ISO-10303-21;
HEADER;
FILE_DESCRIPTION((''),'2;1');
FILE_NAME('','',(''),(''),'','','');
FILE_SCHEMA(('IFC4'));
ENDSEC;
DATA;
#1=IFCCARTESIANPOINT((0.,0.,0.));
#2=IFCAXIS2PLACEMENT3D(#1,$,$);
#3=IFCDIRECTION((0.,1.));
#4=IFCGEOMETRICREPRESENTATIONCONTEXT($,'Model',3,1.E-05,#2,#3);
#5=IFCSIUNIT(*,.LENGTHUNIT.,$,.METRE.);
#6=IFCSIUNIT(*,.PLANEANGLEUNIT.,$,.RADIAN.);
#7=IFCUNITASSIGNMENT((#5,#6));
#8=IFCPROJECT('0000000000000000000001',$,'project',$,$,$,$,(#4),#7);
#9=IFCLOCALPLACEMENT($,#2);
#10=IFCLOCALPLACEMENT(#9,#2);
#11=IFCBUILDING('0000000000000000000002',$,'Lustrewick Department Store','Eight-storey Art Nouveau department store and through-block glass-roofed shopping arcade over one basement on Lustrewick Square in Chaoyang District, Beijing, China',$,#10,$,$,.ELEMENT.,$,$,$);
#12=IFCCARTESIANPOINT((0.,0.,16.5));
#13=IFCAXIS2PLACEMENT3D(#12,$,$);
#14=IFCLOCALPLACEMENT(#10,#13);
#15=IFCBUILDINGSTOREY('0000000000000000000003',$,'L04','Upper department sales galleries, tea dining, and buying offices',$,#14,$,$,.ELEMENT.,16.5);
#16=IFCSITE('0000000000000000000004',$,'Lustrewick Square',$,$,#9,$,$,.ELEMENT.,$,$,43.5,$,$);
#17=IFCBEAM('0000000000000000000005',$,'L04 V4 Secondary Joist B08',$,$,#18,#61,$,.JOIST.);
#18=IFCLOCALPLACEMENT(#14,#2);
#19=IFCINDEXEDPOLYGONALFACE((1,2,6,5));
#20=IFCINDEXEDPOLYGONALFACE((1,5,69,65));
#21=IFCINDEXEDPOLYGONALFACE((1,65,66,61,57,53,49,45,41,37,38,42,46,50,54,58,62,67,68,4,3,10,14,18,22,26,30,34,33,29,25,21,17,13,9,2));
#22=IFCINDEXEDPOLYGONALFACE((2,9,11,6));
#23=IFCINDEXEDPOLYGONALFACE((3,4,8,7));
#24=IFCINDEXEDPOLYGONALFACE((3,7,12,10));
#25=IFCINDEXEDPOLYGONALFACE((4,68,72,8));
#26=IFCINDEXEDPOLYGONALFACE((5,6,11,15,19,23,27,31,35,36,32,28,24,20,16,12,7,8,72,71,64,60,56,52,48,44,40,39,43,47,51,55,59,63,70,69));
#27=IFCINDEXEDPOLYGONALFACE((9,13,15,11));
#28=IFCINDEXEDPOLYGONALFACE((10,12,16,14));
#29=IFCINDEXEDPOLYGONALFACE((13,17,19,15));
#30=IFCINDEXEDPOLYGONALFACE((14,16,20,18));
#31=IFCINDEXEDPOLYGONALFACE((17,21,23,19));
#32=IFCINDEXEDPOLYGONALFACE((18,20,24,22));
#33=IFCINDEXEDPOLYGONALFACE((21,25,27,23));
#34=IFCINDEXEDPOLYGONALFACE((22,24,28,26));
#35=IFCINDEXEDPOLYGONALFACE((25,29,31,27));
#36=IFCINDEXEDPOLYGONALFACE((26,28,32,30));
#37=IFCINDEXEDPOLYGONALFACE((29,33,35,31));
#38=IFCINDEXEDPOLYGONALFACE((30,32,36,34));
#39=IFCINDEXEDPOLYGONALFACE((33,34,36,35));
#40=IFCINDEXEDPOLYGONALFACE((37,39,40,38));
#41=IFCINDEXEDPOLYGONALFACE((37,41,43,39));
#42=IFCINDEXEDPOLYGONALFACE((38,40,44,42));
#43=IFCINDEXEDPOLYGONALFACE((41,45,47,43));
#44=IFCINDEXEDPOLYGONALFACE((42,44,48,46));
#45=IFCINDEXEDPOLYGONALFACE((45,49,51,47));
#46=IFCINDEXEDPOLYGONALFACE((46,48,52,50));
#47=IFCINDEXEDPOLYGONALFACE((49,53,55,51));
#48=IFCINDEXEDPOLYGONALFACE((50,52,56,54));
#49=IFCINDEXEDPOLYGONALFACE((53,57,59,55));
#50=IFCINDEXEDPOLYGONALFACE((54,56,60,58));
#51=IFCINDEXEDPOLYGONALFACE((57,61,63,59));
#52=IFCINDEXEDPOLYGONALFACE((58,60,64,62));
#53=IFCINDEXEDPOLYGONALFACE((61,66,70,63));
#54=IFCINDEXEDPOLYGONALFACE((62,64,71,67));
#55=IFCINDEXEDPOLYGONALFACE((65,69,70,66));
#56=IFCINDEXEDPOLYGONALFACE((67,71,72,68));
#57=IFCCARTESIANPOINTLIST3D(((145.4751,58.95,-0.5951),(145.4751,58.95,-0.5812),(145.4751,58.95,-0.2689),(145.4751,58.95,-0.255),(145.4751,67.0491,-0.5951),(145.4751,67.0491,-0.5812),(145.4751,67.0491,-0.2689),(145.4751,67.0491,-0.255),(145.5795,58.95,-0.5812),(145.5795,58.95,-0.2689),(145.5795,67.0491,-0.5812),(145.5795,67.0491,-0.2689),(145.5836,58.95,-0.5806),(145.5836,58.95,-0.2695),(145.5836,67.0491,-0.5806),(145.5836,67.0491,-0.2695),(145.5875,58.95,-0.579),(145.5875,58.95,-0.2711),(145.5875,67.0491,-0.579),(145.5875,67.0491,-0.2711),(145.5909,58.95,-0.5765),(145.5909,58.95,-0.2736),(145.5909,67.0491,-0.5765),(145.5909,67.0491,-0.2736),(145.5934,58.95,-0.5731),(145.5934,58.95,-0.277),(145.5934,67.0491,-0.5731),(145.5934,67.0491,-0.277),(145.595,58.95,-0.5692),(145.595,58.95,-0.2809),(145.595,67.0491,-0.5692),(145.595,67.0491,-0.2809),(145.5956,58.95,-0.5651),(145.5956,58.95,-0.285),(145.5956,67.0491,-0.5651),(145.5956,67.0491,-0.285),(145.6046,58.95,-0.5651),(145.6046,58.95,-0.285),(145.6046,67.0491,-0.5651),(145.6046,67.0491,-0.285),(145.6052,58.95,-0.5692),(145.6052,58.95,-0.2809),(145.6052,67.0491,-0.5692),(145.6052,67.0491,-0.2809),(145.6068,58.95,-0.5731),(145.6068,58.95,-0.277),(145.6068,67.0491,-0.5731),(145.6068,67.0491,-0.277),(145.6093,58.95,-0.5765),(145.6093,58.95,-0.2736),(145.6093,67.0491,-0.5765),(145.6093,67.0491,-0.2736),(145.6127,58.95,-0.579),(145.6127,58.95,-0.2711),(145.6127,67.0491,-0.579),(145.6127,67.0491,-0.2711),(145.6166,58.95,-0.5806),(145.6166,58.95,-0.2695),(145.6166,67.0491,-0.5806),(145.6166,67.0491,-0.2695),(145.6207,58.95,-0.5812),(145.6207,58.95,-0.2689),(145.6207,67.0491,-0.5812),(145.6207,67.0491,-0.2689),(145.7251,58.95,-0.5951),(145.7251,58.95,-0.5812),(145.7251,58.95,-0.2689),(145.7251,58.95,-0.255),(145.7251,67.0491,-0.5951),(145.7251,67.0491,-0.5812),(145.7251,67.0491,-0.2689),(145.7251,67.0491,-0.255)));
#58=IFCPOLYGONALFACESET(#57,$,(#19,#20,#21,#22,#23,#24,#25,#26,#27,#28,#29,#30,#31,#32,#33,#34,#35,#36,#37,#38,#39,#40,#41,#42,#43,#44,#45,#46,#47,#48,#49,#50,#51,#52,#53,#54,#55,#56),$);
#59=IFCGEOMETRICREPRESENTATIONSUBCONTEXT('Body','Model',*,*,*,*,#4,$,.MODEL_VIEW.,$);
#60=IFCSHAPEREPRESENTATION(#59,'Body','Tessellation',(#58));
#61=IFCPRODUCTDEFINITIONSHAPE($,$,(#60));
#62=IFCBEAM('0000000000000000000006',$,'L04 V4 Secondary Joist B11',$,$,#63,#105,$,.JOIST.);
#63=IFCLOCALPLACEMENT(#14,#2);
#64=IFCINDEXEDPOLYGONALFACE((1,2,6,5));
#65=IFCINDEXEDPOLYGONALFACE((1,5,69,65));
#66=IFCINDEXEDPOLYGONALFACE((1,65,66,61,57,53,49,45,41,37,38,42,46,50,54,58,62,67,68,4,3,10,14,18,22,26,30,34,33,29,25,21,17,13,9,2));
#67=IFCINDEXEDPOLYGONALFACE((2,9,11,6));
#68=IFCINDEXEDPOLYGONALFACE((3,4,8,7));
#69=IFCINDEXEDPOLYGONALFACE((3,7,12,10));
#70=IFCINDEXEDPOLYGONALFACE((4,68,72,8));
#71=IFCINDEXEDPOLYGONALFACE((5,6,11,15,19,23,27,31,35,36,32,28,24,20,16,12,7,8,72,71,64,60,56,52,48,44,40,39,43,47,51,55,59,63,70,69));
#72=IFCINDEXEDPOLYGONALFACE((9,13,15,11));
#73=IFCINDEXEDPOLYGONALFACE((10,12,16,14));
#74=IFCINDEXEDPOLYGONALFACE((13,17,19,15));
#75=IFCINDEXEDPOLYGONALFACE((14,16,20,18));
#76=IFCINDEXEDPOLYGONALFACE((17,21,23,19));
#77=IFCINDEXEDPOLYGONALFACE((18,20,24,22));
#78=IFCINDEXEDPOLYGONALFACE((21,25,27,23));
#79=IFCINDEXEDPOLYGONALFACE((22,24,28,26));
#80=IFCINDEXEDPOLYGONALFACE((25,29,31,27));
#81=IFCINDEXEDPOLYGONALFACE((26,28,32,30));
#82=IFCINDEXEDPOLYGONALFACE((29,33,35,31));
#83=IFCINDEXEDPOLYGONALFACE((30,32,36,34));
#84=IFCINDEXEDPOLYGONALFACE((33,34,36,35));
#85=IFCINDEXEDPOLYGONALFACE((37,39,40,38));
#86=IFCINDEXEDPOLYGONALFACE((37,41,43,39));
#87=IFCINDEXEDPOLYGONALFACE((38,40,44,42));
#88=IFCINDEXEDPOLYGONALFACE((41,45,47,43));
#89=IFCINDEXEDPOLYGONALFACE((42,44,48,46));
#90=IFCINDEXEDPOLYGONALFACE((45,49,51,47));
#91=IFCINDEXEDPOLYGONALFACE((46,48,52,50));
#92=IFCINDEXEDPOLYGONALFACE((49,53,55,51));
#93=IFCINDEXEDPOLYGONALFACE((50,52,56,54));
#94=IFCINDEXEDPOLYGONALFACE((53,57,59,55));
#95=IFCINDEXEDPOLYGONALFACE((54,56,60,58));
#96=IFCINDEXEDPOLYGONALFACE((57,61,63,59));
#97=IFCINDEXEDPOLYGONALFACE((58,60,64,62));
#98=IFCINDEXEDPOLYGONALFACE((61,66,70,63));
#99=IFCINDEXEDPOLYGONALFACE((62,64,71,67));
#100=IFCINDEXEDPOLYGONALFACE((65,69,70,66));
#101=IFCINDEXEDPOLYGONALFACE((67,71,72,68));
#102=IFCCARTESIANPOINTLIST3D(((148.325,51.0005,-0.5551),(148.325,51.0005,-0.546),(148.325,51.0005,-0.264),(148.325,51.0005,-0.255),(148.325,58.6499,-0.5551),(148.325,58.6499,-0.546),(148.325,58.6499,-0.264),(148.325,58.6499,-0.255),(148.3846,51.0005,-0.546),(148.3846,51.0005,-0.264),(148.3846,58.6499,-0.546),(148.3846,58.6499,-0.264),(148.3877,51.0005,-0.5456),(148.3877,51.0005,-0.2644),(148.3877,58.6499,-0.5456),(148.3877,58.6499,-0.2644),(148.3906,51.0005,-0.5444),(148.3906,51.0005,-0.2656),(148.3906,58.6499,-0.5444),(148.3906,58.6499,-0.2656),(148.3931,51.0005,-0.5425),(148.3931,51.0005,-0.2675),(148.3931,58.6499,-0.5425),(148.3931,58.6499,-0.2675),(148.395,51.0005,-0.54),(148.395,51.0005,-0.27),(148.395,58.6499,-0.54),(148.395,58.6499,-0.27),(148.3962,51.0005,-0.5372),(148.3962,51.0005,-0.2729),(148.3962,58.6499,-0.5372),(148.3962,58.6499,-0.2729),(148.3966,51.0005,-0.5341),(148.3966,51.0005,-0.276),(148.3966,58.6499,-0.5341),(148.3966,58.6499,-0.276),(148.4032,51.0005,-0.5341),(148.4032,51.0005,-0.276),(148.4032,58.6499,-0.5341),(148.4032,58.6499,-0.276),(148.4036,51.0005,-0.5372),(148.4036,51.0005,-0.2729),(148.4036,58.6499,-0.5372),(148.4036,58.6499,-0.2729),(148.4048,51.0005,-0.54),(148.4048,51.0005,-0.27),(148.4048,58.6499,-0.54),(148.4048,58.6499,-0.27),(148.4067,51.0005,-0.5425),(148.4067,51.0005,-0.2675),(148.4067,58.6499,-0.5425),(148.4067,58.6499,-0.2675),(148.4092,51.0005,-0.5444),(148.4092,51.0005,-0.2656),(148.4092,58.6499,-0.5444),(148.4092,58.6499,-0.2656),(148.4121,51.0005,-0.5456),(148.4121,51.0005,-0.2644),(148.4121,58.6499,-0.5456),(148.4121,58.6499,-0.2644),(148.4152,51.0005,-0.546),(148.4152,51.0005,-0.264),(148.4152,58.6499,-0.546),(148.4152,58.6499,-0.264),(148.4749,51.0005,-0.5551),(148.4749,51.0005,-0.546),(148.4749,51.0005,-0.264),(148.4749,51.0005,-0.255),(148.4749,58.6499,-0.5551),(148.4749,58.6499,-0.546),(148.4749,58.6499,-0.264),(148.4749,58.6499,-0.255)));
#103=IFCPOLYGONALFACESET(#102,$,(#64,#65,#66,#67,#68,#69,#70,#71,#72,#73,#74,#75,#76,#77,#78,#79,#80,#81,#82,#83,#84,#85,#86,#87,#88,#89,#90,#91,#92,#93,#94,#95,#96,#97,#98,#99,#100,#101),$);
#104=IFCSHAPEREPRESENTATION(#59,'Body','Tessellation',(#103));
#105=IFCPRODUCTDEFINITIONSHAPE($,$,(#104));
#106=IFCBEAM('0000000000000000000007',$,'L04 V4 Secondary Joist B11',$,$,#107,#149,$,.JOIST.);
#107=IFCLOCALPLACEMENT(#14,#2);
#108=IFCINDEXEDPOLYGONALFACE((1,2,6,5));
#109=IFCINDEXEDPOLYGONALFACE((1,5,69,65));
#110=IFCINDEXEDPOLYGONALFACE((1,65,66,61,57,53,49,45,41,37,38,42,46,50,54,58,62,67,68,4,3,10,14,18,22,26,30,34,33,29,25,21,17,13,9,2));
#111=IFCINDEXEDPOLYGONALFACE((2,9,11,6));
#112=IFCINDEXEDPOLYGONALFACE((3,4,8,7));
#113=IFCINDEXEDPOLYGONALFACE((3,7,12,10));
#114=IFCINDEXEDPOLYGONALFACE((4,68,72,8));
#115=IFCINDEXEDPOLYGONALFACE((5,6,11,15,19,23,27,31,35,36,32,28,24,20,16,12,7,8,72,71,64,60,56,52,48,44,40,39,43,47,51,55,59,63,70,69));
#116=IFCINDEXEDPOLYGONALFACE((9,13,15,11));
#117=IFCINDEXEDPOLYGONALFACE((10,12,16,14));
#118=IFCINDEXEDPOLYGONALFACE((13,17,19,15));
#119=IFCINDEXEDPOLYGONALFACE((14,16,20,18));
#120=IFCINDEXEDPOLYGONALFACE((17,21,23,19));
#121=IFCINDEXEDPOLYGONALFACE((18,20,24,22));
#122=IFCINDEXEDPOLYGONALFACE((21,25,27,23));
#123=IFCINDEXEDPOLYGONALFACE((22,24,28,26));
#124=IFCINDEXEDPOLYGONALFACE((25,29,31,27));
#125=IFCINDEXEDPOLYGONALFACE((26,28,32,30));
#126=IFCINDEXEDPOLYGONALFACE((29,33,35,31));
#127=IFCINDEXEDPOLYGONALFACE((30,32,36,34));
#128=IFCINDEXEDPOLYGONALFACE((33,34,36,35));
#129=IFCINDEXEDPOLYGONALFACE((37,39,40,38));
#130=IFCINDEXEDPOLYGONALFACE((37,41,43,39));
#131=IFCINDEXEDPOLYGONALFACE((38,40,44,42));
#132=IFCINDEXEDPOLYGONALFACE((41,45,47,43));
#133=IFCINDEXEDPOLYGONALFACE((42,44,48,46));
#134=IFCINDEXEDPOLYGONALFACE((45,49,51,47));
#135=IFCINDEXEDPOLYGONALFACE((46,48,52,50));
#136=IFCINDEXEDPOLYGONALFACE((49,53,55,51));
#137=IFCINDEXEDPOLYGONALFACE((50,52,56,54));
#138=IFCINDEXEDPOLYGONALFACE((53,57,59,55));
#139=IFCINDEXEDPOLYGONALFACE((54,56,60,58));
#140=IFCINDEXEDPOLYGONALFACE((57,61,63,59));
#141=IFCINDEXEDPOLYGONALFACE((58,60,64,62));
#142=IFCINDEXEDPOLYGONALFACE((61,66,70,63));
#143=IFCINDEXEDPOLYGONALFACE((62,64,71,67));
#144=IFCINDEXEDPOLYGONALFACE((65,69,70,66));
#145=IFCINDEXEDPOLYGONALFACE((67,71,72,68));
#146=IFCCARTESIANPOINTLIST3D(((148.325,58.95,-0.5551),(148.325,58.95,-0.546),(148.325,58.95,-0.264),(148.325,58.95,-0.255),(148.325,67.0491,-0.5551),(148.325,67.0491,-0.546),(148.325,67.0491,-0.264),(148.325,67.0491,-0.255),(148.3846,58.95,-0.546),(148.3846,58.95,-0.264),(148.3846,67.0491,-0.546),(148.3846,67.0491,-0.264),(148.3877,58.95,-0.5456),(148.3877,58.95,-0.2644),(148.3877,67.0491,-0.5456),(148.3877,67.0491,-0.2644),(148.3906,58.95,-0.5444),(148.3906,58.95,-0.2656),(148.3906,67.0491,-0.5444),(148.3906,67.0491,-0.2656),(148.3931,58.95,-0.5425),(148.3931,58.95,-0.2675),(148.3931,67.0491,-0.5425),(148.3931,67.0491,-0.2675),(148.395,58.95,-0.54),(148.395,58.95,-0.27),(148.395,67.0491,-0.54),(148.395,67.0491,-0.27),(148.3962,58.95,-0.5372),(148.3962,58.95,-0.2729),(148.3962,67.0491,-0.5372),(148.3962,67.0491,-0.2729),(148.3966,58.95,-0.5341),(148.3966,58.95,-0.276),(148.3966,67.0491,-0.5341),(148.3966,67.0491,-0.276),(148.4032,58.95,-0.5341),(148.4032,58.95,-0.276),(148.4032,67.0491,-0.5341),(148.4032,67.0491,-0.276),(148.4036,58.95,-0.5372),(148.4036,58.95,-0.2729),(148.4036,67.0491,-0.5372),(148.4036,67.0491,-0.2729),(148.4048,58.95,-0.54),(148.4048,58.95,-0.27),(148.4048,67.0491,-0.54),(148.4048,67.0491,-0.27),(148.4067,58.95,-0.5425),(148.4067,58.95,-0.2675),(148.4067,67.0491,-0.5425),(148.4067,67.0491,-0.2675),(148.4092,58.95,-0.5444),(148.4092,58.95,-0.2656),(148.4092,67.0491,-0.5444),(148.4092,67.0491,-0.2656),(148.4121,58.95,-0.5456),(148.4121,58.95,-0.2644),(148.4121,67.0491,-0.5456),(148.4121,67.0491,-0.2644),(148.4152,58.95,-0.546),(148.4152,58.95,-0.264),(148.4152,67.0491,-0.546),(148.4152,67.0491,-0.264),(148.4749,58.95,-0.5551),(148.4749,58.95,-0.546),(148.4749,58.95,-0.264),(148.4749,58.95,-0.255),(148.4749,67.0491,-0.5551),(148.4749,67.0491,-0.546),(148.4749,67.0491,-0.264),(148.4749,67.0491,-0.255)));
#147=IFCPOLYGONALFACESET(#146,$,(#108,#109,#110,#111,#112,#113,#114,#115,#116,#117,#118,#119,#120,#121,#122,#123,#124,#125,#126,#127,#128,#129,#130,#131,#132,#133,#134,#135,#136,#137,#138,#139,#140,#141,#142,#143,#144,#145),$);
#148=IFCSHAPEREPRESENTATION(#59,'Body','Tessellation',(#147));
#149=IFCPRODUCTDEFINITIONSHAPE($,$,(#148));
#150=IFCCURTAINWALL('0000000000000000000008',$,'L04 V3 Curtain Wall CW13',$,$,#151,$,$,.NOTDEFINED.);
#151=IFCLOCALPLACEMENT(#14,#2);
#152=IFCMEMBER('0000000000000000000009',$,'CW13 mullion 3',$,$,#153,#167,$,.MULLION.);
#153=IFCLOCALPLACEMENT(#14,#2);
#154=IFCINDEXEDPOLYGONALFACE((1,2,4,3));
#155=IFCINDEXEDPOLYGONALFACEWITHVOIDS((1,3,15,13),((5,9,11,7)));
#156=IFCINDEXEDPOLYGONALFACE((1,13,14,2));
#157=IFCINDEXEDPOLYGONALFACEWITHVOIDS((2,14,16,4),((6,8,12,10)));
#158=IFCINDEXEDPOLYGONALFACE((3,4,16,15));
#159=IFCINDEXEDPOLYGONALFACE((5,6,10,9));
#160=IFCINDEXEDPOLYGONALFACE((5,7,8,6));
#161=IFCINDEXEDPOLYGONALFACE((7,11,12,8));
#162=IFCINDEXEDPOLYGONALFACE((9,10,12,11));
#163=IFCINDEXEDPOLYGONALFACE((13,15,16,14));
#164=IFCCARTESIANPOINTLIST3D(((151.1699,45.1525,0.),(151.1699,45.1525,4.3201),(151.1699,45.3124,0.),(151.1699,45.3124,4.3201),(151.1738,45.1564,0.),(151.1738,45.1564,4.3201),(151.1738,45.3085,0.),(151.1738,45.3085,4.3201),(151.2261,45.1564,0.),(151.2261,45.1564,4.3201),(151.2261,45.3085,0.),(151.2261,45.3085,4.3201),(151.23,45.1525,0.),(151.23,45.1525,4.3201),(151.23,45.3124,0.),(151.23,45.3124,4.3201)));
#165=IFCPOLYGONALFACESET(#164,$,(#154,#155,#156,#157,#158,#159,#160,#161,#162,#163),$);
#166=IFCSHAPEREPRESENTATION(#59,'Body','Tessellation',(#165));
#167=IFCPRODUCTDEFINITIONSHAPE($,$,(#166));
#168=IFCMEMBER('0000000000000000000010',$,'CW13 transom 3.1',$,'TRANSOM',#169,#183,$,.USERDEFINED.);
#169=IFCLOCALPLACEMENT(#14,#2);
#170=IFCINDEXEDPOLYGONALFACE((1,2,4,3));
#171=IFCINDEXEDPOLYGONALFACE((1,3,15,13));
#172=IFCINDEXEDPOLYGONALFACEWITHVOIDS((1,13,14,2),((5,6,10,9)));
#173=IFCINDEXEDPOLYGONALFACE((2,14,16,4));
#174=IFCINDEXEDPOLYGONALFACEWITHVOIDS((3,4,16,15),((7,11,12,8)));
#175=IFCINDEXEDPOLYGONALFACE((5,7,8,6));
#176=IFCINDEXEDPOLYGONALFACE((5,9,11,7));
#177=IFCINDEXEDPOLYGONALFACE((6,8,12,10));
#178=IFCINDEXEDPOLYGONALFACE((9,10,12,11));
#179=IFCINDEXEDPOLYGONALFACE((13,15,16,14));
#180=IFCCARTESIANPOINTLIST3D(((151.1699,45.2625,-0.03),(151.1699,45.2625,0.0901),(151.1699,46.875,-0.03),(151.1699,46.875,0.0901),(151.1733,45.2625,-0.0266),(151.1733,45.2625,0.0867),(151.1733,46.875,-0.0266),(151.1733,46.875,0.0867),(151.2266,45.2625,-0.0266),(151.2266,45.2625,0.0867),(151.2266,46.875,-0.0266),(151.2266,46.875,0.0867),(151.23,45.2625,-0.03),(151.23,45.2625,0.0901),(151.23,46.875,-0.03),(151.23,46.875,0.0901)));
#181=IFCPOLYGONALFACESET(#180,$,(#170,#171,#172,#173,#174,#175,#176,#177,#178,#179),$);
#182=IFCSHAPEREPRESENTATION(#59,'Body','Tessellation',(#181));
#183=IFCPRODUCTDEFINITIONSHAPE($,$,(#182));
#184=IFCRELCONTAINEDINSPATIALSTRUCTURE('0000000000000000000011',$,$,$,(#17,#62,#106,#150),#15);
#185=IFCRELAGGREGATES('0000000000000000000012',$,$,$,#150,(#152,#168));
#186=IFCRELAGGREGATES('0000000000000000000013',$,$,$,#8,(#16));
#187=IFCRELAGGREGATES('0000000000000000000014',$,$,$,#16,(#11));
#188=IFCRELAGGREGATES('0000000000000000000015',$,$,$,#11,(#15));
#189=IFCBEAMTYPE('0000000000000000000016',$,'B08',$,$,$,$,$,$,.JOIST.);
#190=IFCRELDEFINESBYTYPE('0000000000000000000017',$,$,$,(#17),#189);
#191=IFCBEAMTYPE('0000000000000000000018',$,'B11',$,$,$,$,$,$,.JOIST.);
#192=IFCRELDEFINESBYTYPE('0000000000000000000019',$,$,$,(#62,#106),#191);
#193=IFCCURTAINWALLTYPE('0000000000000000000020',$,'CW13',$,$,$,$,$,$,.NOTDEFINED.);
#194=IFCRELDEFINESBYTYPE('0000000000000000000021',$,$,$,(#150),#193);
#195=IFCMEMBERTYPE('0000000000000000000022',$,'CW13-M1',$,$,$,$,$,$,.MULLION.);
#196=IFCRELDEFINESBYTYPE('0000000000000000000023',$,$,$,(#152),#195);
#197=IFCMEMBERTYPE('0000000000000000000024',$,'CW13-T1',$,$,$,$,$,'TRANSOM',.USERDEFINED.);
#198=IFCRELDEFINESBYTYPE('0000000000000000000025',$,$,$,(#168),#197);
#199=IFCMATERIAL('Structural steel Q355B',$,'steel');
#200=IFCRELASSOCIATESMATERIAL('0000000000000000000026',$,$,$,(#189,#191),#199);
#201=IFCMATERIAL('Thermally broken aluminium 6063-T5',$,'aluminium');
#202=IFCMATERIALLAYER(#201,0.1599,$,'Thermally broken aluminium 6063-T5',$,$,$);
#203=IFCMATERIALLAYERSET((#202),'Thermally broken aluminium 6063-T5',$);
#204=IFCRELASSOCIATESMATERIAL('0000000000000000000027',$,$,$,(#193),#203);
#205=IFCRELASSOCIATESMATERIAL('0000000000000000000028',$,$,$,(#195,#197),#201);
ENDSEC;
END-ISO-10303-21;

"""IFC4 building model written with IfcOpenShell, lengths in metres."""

from ifc_helpers import new_model, si_unit, direction, frame, origin, origin_2d, place, context, subcontext, project, spatial, hollow_rectangle, i_section, extrude, material, layer, layer_set, material_profile, profile_set, type_object, element, aggregate, save


model = new_model("IFC4")

# Units and contexts
model_context = context("Model", 3, precision=1e-05, world=origin(), true_north=direction((0.0, 1.0)))
body_context = subcontext(model_context, "Body", "Model", "MODEL_VIEW")
ifc_project = project(units=[si_unit("LENGTHUNIT", "METRE"), si_unit("PLANEANGLEUNIT", "RADIAN")], contexts=[model_context])

# Site, building, storey
site_placement = place(None, origin())
site = spatial("IfcSite", under=ifc_project, at=site_placement, Name="Lustrewick Square", CompositionType="ELEMENT", RefElevation=43.5)
building_placement = place(site_placement, origin())
building = spatial("IfcBuilding", under=site, at=building_placement, Name="Lustrewick Department Store", Description="Eight-storey Art Nouveau department store and through-block glass-roofed shopping arcade over one basement on Lustrewick Square in Chaoyang District, Beijing, China", CompositionType="ELEMENT")
storey_placement = place(building_placement, frame((0.0, 0.0, 16.5)))
storey = spatial("IfcBuildingStorey", under=building, at=storey_placement, Name="L04", Description="Upper department sales galleries, tea dining, and buying offices", CompositionType="ELEMENT", Elevation=16.5)

# Shared definitions
ifc_material_1 = material(Name="Structural steel Q355B", Category="steel")

# Beams
ifc_material_profile_1 = material_profile(ifc_material_1, i_section(OverallWidth=0.25, OverallDepth=0.3401, WebThickness=0.009, FlangeThickness=0.0139, FilletRadius=0.0161, at=origin_2d()), Name="HM 340x250x9x14")
ifc_profile_set_1 = profile_set([ifc_material_profile_1], Name="Structural steel Q355B")
beam_type_1 = type_object("IfcBeamType", Name="B08", PredefinedType="JOIST", material=ifc_profile_set_1)
beam_1_placement = place(storey_placement, frame((145.6001, 58.95, -0.425), z_axis=(0.0, 1.0, 0.0), x_axis=(-1.0, 0.0, 0.0)))
element("IfcBeam", 1, at=beam_1_placement, inside=storey, type_object=beam_type_1, Name="L04 V4 Secondary Joist B08", PredefinedType="JOIST", context=body_context, shape_type="SweptSolid", body=[
    extrude(i_section(OverallWidth=0.25, OverallDepth=0.3401, WebThickness=0.009, FlangeThickness=0.0139, FilletRadius=0.0161, at=origin_2d()), origin(), (0.0, 0.0, 1.0), 8.0991),
])
ifc_material_profile_2 = material_profile(ifc_material_1, i_section(OverallWidth=0.1499, OverallDepth=0.3, WebThickness=0.0066, FlangeThickness=0.009, FilletRadius=0.012, at=origin_2d()), Name="HN 300x150x6.5x9")
ifc_profile_set_2 = profile_set([ifc_material_profile_2], Name="Structural steel Q355B")
beam_type_2 = type_object("IfcBeamType", Name="B11", PredefinedType="JOIST", material=ifc_profile_set_2)
beam_2_placement = place(storey_placement, frame((148.3999, 51.0005, -0.405), z_axis=(0.0, 1.0, 0.0), x_axis=(-1.0, 0.0, 0.0)))
element("IfcBeam", 2, at=beam_2_placement, inside=storey, type_object=beam_type_2, Name="L04 V4 Secondary Joist B11", PredefinedType="JOIST", context=body_context, shape_type="SweptSolid", body=[
    extrude(i_section(OverallWidth=0.1499, OverallDepth=0.3, WebThickness=0.0066, FlangeThickness=0.009, FilletRadius=0.012, at=origin_2d()), origin(), (0.0, 0.0, 1.0), 7.6494),
])
beam_3_placement = place(storey_placement, frame((148.3999, 58.95, -0.405), z_axis=(0.0, 1.0, 0.0), x_axis=(-1.0, 0.0, 0.0)))
element("IfcBeam", 3, at=beam_3_placement, inside=storey, type_object=beam_type_2, Name="L04 V4 Secondary Joist B11", PredefinedType="JOIST", context=body_context, shape_type="SweptSolid", body=[
    extrude(i_section(OverallWidth=0.1499, OverallDepth=0.3, WebThickness=0.0066, FlangeThickness=0.009, FilletRadius=0.012, at=origin_2d()), origin(), (0.0, 0.0, 1.0), 8.0991),
])

# Curtain wall, members
ifc_material_2 = material(Name="Thermally broken aluminium 6063-T5", Category="aluminium")
ifc_layer_1 = layer(ifc_material_2, 0.1599, Name="Thermally broken aluminium 6063-T5")
ifc_layer_set_1 = layer_set([ifc_layer_1], Name="Thermally broken aluminium 6063-T5")
curtain_wall_type = type_object("IfcCurtainWallType", Name="CW13", PredefinedType="NOTDEFINED", material=ifc_layer_set_1)
curtain_wall_placement = place(storey_placement, origin())
curtain_wall = element("IfcCurtainWall", 4, at=curtain_wall_placement, inside=storey, type_object=curtain_wall_type, Name="L04 V3 Curtain Wall CW13", PredefinedType="NOTDEFINED")
ifc_material_profile_3 = material_profile(ifc_material_2, hollow_rectangle(XDim=0.0601, YDim=0.1599, WallThickness=0.0039, at=origin_2d()), Name="ALU-M 60x160x4")
ifc_profile_set_3 = profile_set([ifc_material_profile_3], Name="Thermally broken aluminium 6063-T5")
member_type_1 = type_object("IfcMemberType", Name="CW13-M1", PredefinedType="MULLION", material=ifc_profile_set_3)
member_1_placement = place(storey_placement, frame((151.2, 45.2324, 0.0), z_axis=(0.0, 0.0, 1.0), x_axis=(-1.0, 0.0, 0.0)))
member_1 = element("IfcMember", 5, at=member_1_placement, type_object=member_type_1, Name="CW13 mullion 3", PredefinedType="MULLION", context=body_context, shape_type="SweptSolid", body=[
    extrude(hollow_rectangle(XDim=0.0601, YDim=0.1599, WallThickness=0.0039, at=origin_2d()), origin(), (0.0, 0.0, 1.0), 4.3201),
])
ifc_material_profile_4 = material_profile(ifc_material_2, hollow_rectangle(XDim=0.0601, YDim=0.1201, WallThickness=0.0034, at=origin_2d()), Name="ALU-T 60x120x3.5")
ifc_profile_set_4 = profile_set([ifc_material_profile_4], Name="Thermally broken aluminium 6063-T5")
member_type_2 = type_object("IfcMemberType", Name="CW13-T1", ElementType="TRANSOM", PredefinedType="USERDEFINED", material=ifc_profile_set_4)
member_2_placement = place(storey_placement, frame((151.2, 45.2625, 0.03), z_axis=(0.0, 1.0, 0.0), x_axis=(-1.0, 0.0, 0.0)))
member_2 = element("IfcMember", 6, at=member_2_placement, type_object=member_type_2, Name="CW13 transom 3.1", ObjectType="TRANSOM", PredefinedType="USERDEFINED", context=body_context, shape_type="SweptSolid", body=[
    extrude(hollow_rectangle(XDim=0.0601, YDim=0.1201, WallThickness=0.0034, at=origin_2d()), origin(), (0.0, 0.0, 1.0), 1.6125),
])

aggregate(curtain_wall, [member_1, member_2])

save(model, "model.ifc")
